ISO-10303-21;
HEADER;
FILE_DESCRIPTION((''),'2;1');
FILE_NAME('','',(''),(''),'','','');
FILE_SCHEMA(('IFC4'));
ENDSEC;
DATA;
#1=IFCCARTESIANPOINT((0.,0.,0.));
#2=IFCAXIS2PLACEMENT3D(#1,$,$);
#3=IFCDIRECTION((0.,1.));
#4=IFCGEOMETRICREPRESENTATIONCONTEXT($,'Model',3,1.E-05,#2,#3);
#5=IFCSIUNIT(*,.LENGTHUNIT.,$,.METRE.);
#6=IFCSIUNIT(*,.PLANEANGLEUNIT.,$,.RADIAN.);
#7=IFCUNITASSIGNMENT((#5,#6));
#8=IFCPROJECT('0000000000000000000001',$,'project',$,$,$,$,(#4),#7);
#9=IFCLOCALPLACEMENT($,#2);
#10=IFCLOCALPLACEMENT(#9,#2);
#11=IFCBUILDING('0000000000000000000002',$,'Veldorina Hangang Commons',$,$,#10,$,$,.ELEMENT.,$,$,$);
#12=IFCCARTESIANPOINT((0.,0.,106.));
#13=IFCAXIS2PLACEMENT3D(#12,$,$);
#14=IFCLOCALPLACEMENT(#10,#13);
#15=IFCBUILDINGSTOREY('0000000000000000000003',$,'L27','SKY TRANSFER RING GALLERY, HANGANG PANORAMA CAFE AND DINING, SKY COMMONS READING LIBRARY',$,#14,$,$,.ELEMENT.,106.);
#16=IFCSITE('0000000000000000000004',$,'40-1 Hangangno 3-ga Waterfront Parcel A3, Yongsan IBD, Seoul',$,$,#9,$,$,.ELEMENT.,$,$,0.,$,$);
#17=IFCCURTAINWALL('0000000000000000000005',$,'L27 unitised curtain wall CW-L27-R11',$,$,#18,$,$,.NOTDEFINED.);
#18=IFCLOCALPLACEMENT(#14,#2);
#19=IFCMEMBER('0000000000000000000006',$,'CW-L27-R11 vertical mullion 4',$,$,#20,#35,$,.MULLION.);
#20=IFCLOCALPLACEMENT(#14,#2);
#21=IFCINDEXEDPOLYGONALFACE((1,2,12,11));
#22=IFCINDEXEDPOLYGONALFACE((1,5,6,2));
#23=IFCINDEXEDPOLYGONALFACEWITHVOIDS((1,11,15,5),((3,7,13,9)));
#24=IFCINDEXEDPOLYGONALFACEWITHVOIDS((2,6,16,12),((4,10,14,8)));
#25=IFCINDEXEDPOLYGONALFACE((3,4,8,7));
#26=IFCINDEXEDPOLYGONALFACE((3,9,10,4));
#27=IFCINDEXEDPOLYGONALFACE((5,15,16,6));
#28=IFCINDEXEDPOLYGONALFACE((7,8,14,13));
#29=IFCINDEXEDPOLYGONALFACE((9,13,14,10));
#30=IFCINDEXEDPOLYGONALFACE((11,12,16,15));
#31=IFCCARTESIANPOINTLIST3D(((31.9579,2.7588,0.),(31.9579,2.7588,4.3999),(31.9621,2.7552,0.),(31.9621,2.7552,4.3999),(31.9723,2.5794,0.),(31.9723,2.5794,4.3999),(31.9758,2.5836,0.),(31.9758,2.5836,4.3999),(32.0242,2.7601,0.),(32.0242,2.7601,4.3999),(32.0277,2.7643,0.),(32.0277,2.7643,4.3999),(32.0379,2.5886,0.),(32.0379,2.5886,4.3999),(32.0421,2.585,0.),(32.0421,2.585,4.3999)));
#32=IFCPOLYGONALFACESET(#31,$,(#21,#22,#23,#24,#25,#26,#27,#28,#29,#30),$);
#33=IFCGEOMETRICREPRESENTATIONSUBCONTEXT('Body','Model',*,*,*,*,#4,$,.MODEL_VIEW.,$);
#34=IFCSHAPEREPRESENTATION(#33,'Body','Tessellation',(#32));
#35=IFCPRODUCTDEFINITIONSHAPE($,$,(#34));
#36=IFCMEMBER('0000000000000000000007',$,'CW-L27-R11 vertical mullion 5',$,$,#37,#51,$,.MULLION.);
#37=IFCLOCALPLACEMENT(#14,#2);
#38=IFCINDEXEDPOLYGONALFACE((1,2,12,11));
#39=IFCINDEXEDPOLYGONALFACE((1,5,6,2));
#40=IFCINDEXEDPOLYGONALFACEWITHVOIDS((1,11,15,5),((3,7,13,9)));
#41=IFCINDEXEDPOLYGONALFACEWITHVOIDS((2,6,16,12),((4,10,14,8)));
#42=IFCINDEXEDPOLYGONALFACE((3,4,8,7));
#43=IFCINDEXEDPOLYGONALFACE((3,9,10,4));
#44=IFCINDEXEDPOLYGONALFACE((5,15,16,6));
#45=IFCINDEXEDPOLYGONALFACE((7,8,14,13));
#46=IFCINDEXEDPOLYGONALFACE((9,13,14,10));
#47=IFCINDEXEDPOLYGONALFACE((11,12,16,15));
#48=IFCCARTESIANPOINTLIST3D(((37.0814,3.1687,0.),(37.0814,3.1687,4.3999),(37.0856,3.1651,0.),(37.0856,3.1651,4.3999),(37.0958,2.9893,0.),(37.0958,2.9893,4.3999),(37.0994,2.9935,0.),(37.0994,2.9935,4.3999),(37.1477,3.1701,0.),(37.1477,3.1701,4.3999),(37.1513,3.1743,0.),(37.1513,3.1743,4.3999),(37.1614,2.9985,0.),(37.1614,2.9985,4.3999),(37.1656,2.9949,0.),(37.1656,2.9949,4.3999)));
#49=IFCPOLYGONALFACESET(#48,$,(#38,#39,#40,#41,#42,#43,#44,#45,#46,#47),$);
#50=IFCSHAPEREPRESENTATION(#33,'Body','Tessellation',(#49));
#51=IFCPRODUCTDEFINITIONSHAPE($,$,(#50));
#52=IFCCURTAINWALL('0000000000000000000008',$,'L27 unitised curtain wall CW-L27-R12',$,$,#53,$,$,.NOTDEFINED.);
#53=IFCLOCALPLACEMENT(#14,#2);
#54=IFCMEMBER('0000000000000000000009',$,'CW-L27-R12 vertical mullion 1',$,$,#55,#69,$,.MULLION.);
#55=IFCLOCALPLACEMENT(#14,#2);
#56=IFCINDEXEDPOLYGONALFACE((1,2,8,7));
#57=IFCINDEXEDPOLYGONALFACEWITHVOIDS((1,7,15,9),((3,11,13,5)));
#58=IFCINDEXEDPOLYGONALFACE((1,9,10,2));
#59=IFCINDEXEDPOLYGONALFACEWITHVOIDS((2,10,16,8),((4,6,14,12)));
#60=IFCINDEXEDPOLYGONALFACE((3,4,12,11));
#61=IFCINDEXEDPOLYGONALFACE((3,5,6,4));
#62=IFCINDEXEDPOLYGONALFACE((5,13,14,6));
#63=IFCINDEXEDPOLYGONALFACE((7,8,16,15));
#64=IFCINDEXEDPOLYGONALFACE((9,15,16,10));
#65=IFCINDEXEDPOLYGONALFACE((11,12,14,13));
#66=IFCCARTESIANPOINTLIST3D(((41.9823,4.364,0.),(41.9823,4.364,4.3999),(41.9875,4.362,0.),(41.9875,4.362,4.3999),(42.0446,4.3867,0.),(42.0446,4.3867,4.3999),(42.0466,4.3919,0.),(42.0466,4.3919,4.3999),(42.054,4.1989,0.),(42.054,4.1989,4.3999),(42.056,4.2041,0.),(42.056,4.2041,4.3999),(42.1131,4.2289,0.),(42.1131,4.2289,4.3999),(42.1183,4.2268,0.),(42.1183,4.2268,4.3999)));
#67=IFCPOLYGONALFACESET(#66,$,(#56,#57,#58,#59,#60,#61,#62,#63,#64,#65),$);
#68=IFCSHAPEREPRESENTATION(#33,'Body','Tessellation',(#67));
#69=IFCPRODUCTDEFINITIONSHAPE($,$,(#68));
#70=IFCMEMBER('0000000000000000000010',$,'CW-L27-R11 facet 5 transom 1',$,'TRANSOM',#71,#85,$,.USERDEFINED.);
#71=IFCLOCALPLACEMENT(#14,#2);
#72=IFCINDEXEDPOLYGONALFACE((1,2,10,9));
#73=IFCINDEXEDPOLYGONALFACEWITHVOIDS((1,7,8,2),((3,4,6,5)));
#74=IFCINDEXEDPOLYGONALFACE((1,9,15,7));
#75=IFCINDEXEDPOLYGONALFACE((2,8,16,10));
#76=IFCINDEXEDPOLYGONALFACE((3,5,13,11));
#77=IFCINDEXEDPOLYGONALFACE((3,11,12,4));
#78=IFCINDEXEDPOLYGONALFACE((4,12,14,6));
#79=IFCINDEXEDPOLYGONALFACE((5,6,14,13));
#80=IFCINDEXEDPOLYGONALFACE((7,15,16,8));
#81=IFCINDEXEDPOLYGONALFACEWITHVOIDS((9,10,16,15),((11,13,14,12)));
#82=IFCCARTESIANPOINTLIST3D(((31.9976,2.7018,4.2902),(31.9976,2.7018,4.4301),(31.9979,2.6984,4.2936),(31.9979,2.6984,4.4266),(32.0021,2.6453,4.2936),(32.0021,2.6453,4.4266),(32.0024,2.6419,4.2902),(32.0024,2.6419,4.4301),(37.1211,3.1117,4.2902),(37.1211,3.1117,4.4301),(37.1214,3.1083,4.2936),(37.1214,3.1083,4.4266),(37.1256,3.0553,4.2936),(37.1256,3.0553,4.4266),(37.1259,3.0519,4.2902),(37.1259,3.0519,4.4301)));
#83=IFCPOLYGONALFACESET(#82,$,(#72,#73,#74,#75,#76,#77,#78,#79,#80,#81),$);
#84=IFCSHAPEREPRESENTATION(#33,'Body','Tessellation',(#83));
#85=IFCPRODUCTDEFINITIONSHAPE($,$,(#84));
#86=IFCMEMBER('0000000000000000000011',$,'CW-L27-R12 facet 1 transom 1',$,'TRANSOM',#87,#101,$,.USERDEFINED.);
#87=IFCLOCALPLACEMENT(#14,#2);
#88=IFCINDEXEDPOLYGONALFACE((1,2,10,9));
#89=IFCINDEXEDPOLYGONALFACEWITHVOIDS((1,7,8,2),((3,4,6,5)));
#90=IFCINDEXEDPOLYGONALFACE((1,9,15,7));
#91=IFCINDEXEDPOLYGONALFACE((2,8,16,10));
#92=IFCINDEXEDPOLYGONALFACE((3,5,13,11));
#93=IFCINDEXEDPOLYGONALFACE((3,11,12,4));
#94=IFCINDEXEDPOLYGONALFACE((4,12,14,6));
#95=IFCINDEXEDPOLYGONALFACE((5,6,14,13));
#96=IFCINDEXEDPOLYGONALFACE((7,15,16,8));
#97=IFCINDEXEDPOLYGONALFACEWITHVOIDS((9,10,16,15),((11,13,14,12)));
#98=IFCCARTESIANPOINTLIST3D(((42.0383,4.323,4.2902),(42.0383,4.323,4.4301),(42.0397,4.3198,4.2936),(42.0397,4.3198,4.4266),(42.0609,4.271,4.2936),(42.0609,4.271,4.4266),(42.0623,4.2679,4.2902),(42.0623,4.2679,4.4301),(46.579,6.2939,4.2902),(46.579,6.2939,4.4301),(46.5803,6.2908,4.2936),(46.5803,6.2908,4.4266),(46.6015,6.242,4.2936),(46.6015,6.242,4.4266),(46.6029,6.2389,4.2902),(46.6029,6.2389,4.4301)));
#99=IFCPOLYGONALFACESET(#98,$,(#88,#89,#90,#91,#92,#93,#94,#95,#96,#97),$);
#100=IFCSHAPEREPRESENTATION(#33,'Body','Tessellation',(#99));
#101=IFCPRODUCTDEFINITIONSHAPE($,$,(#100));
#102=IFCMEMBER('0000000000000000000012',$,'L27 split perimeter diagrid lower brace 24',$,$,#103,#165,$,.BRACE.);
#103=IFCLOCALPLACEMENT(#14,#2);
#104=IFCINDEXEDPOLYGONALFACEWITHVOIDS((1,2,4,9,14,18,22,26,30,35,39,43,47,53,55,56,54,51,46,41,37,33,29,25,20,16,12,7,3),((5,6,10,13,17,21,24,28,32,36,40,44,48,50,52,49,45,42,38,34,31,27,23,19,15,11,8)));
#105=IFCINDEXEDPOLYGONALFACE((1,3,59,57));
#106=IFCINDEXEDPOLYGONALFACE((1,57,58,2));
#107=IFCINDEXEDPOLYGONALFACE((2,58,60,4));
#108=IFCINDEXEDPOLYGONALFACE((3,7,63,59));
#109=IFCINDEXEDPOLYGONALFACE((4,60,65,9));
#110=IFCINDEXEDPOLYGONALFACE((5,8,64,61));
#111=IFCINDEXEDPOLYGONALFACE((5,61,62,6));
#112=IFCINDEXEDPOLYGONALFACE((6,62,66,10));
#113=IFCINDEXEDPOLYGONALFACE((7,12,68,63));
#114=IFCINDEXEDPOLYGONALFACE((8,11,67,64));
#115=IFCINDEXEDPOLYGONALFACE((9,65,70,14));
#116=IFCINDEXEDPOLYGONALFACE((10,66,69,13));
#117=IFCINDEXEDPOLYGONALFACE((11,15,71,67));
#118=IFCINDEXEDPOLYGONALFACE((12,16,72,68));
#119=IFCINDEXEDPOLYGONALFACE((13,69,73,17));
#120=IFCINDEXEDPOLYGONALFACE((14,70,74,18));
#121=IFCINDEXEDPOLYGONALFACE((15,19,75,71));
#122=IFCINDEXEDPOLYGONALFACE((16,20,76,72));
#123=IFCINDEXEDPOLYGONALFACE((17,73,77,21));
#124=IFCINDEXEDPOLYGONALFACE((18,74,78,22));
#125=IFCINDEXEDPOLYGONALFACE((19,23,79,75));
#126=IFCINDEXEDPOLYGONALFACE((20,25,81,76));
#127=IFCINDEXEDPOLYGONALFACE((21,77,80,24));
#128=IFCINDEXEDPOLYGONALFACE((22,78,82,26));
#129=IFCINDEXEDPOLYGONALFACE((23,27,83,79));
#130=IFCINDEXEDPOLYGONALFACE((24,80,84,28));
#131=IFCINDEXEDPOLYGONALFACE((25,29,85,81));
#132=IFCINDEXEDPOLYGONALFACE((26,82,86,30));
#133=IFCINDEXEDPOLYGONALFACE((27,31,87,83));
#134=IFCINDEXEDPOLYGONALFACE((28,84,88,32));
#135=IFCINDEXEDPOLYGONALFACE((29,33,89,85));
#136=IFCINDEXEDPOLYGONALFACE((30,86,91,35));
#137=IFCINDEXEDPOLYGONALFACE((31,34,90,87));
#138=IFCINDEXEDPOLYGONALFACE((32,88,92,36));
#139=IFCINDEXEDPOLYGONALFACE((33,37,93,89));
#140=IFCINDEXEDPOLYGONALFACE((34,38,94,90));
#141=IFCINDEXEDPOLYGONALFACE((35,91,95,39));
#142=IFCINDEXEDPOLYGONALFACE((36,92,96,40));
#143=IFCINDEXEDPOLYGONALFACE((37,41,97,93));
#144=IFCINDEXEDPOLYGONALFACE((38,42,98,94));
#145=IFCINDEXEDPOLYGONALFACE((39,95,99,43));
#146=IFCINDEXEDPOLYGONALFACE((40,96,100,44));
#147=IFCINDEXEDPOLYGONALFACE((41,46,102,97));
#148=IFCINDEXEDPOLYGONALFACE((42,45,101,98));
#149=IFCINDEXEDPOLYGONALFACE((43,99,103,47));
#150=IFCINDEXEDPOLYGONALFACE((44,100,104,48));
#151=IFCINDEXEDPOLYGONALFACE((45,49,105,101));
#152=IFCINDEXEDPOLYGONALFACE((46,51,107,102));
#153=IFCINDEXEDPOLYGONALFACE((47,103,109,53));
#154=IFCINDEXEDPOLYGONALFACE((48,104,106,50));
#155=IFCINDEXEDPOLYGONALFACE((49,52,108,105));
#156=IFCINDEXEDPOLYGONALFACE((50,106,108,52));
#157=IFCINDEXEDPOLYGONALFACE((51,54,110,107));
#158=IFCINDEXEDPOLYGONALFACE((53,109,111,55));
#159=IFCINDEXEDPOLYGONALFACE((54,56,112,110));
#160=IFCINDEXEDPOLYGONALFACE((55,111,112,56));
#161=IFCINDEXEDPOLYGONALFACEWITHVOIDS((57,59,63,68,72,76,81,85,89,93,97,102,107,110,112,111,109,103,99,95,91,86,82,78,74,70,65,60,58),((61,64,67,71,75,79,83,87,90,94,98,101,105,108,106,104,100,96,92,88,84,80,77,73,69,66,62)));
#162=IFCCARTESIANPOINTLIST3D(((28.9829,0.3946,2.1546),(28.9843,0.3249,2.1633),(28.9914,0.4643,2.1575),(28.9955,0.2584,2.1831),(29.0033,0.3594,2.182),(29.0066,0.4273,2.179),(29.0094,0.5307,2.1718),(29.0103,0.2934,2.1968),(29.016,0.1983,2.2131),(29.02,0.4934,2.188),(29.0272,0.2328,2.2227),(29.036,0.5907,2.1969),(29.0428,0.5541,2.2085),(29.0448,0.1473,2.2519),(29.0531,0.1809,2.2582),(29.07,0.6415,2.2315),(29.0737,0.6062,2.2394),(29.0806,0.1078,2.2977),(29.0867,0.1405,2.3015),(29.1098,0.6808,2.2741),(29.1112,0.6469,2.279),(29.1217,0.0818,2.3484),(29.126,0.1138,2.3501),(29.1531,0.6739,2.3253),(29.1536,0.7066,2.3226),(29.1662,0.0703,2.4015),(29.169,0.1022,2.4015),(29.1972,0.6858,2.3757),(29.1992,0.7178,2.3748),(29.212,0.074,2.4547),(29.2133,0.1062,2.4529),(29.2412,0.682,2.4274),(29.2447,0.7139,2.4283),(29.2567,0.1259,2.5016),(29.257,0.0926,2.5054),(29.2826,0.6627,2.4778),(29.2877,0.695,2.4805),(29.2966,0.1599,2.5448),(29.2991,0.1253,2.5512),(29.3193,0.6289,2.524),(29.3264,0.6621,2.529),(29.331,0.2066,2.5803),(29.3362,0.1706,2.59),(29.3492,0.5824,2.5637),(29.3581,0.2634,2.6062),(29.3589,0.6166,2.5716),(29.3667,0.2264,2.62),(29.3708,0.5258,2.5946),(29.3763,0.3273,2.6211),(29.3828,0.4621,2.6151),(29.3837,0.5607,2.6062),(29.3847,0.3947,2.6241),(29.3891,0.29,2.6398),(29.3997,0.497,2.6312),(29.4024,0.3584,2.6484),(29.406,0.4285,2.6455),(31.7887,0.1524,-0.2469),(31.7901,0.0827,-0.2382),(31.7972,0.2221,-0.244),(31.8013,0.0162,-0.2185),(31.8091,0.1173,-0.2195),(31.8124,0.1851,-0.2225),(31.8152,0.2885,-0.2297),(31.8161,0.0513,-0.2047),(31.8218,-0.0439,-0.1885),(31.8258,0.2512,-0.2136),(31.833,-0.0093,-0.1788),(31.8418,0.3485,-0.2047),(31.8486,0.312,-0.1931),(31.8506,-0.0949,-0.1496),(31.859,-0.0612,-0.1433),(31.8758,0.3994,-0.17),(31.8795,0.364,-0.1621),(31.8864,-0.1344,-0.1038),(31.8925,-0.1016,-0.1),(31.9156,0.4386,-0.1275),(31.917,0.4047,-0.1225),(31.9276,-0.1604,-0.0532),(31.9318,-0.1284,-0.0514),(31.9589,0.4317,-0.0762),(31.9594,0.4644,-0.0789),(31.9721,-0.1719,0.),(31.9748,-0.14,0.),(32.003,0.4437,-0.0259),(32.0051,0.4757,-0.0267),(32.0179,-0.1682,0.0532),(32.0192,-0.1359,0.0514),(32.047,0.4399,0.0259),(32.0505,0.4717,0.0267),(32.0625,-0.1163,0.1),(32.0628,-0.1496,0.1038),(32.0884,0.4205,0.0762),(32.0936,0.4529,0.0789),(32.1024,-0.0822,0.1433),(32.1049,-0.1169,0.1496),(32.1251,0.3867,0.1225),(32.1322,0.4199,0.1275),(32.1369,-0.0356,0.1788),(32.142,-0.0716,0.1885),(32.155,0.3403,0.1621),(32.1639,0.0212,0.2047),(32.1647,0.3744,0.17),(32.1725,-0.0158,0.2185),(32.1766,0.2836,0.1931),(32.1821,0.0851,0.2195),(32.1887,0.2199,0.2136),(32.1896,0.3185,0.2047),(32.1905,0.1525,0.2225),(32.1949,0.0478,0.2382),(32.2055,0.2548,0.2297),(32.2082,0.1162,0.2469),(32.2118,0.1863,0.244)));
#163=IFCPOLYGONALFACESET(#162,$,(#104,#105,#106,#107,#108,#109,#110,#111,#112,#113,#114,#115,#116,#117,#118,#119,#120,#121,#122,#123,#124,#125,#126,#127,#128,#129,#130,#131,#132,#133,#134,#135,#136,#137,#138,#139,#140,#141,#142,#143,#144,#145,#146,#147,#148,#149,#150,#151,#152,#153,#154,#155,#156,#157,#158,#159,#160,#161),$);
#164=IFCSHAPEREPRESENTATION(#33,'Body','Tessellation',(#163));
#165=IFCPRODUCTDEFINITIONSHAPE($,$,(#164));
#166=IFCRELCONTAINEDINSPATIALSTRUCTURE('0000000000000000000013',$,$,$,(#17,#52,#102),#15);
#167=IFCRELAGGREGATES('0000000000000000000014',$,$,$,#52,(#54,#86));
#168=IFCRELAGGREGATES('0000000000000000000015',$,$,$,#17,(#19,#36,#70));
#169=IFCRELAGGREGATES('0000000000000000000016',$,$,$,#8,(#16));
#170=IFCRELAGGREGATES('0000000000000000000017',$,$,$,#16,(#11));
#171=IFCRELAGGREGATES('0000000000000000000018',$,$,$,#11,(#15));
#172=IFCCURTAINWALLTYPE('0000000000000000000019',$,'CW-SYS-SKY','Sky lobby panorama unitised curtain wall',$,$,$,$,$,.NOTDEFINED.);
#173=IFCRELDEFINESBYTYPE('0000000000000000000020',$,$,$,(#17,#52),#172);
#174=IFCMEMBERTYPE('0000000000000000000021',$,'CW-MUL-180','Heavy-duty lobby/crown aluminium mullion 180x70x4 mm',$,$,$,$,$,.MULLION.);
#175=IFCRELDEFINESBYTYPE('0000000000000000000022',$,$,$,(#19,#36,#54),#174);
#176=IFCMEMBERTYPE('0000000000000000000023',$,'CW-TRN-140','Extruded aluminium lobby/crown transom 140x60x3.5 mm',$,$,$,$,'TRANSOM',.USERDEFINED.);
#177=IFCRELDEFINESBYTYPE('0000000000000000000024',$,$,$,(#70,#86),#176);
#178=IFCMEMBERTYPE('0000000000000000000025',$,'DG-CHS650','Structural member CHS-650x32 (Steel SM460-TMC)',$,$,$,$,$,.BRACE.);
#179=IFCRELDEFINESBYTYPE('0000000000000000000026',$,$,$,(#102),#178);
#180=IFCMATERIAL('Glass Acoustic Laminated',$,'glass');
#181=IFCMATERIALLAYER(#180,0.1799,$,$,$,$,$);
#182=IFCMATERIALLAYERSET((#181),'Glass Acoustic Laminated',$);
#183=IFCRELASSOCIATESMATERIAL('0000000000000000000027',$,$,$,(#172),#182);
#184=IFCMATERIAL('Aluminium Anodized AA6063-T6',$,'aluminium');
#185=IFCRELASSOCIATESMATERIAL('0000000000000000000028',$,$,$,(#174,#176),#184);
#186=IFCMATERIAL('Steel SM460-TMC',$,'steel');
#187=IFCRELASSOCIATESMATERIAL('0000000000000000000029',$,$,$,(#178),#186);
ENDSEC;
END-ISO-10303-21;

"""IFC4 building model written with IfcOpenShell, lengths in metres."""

from ifc_helpers import new_model, si_unit, direction, frame, origin, origin_2d, place, context, subcontext, project, spatial, hollow_rectangle, hollow_circle, extrude, material, layer, layer_set, material_profile, profile_set, type_object, element, aggregate, save


model = new_model("IFC4")

# Units and contexts
model_context = context("Model", 3, precision=1e-05, world=origin(), true_north=direction((0.0, 1.0)))
body_context = subcontext(model_context, "Body", "Model", "MODEL_VIEW")
ifc_project = project(units=[si_unit("LENGTHUNIT", "METRE"), si_unit("PLANEANGLEUNIT", "RADIAN")], contexts=[model_context])

# Site, building, storey
site_placement = place(None, origin())
site = spatial("IfcSite", under=ifc_project, at=site_placement, Name="40-1 Hangangno 3-ga Waterfront Parcel A3, Yongsan IBD, Seoul", CompositionType="ELEMENT", RefElevation=0.0)
building_placement = place(site_placement, origin())
building = spatial("IfcBuilding", under=site, at=building_placement, Name="Veldorina Hangang Commons", CompositionType="ELEMENT")
storey_placement = place(building_placement, frame((0.0, 0.0, 106.0)))
storey = spatial("IfcBuildingStorey", under=building, at=storey_placement, Name="L27", Description="SKY TRANSFER RING GALLERY, HANGANG PANORAMA CAFE AND DINING, SKY COMMONS READING LIBRARY", CompositionType="ELEMENT", Elevation=106.0)

# Curtain wall, members
ifc_material_1 = material(Name="Glass Acoustic Laminated", Category="glass")
ifc_layer_1 = layer(ifc_material_1, 0.1799)
ifc_layer_set_1 = layer_set([ifc_layer_1], Name="Glass Acoustic Laminated")
curtain_wall_type = type_object("IfcCurtainWallType", Name="CW-SYS-SKY", Description="Sky lobby panorama unitised curtain wall", PredefinedType="NOTDEFINED", material=ifc_layer_set_1)
curtain_wall_1_placement = place(storey_placement, origin())
curtain_wall_1 = element("IfcCurtainWall", 1, at=curtain_wall_1_placement, inside=storey, type_object=curtain_wall_type, Name="L27 unitised curtain wall CW-L27-R11", PredefinedType="NOTDEFINED")
ifc_material_2 = material(Name="Aluminium Anodized AA6063-T6", Category="aluminium")
ifc_material_profile_1 = material_profile(ifc_material_2, hollow_rectangle(XDim=0.0701, YDim=0.1799, WallThickness=0.0039, at=origin_2d()), Name="ALU-RHS-180x70x4")
ifc_profile_set_1 = profile_set([ifc_material_profile_1], Name="Aluminium Anodized AA6063-T6")
member_type_1 = type_object("IfcMemberType", Name="CW-MUL-180", Description="Heavy-duty lobby/crown aluminium mullion 180x70x4 mm", PredefinedType="MULLION", material=ifc_profile_set_1)
member_1_placement = place(storey_placement, frame((32.0, 2.6719, 0.0), z_axis=(0.0, 0.0, 1.0), x_axis=(0.996817, 0.079729, 0.0)))
member_1 = element("IfcMember", 2, at=member_1_placement, type_object=member_type_1, Name="CW-L27-R11 vertical mullion 4", PredefinedType="MULLION", context=body_context, shape_type="SweptSolid", body=[
    extrude(hollow_rectangle(XDim=0.0701, YDim=0.1799, WallThickness=0.0039, at=origin_2d()), origin(), (0.0, 0.0, 1.0), 4.3999),
])
member_2_placement = place(storey_placement, frame((37.1235, 3.0818, 0.0), z_axis=(0.0, 0.0, 1.0), x_axis=(-0.996817, -0.079729, 0.0)))
member_2 = element("IfcMember", 3, at=member_2_placement, type_object=member_type_1, Name="CW-L27-R11 vertical mullion 5", PredefinedType="MULLION", context=body_context, shape_type="SweptSolid", body=[
    extrude(hollow_rectangle(XDim=0.0701, YDim=0.1799, WallThickness=0.0039, at=origin_2d()), origin(), (0.0, 0.0, 1.0), 4.3999),
])

# Curtain wall, member
curtain_wall_2_placement = place(storey_placement, origin())
curtain_wall_2 = element("IfcCurtainWall", 4, at=curtain_wall_2_placement, inside=storey, type_object=curtain_wall_type, Name="L27 unitised curtain wall CW-L27-R12", PredefinedType="NOTDEFINED")
member_3_placement = place(storey_placement, frame((42.0503, 4.2954, 0.0), z_axis=(0.0, 0.0, 1.0), x_axis=(0.91731, 0.398173, 0.0)))
member_3 = element("IfcMember", 5, at=member_3_placement, type_object=member_type_1, Name="CW-L27-R12 vertical mullion 1", PredefinedType="MULLION", context=body_context, shape_type="SweptSolid", body=[
    extrude(hollow_rectangle(XDim=0.0701, YDim=0.1799, WallThickness=0.0039, at=origin_2d()), origin(), (0.0, 0.0, 1.0), 4.3999),
])

# Members
ifc_material_profile_2 = material_profile(ifc_material_2, hollow_rectangle(XDim=0.0601, YDim=0.1399, WallThickness=0.0034, at=origin_2d()), Name="ALU-RHS-140x60x3.5")
ifc_profile_set_2 = profile_set([ifc_material_profile_2], Name="Aluminium Anodized AA6063-T6")
member_type_2 = type_object("IfcMemberType", Name="CW-TRN-140", Description="Extruded aluminium lobby/crown transom 140x60x3.5 mm", ElementType="TRANSOM", PredefinedType="USERDEFINED", material=ifc_profile_set_2)
member_4_placement = place(storey_placement, frame((32.0, 2.6719, 4.3601), z_axis=(0.996815, 0.079751, 0.0), x_axis=(-0.079751, 0.996815, 0.0)))
member_4 = element("IfcMember", 6, at=member_4_placement, type_object=member_type_2, Name="CW-L27-R11 facet 5 transom 1", ObjectType="TRANSOM", PredefinedType="USERDEFINED", context=body_context, shape_type="SweptSolid", body=[
    extrude(hollow_rectangle(XDim=0.0601, YDim=0.1399, WallThickness=0.0034, at=origin_2d()), origin(), (0.0, 0.0, 1.0), 5.1399),
])
member_5_placement = place(storey_placement, frame((42.0503, 4.2954, 4.3601), z_axis=(0.917306, 0.398183, 0.0), x_axis=(-0.398183, 0.917306, 0.0)))
member_5 = element("IfcMember", 7, at=member_5_placement, type_object=member_type_2, Name="CW-L27-R12 facet 1 transom 1", ObjectType="TRANSOM", PredefinedType="USERDEFINED", context=body_context, shape_type="SweptSolid", body=[
    extrude(hollow_rectangle(XDim=0.0601, YDim=0.1399, WallThickness=0.0034, at=origin_2d()), origin(), (0.0, 0.0, 1.0), 4.95),
])
aggregate(curtain_wall_2, [member_3, member_5])

# Member
ifc_material_3 = material(Name="Steel SM460-TMC", Category="steel")
ifc_material_profile_3 = material_profile(ifc_material_3, hollow_circle(Radius=0.325, WallThickness=0.032, at=origin_2d()), Name="CHS-650x32")
ifc_profile_set_3 = profile_set([ifc_material_profile_3], Name="Steel SM460-TMC")
member_type_3 = type_object("IfcMemberType", Name="DG-CHS650", Description="Structural member CHS-650x32 (Steel SM460-TMC)", PredefinedType="BRACE", material=ifc_profile_set_3)
member_6_placement = place(storey_placement, frame((32.0, 0.1519, 0.0), z_axis=(-0.75809, 0.065433, 0.648859), x_axis=(-0.085994, -0.996296, 0.0)))
element("IfcMember", 8, at=member_6_placement, inside=storey, type_object=member_type_3, Name="L27 split perimeter diagrid lower brace 24", PredefinedType="BRACE", context=body_context, shape_type="SweptSolid", body=[
    extrude(hollow_circle(Radius=0.325, WallThickness=0.032, at=origin_2d()), origin(), (0.0, 0.0, 1.0), 3.7012),
])

aggregate(curtain_wall_1, [member_1, member_2, member_4])

save(model, "model.ifc")
